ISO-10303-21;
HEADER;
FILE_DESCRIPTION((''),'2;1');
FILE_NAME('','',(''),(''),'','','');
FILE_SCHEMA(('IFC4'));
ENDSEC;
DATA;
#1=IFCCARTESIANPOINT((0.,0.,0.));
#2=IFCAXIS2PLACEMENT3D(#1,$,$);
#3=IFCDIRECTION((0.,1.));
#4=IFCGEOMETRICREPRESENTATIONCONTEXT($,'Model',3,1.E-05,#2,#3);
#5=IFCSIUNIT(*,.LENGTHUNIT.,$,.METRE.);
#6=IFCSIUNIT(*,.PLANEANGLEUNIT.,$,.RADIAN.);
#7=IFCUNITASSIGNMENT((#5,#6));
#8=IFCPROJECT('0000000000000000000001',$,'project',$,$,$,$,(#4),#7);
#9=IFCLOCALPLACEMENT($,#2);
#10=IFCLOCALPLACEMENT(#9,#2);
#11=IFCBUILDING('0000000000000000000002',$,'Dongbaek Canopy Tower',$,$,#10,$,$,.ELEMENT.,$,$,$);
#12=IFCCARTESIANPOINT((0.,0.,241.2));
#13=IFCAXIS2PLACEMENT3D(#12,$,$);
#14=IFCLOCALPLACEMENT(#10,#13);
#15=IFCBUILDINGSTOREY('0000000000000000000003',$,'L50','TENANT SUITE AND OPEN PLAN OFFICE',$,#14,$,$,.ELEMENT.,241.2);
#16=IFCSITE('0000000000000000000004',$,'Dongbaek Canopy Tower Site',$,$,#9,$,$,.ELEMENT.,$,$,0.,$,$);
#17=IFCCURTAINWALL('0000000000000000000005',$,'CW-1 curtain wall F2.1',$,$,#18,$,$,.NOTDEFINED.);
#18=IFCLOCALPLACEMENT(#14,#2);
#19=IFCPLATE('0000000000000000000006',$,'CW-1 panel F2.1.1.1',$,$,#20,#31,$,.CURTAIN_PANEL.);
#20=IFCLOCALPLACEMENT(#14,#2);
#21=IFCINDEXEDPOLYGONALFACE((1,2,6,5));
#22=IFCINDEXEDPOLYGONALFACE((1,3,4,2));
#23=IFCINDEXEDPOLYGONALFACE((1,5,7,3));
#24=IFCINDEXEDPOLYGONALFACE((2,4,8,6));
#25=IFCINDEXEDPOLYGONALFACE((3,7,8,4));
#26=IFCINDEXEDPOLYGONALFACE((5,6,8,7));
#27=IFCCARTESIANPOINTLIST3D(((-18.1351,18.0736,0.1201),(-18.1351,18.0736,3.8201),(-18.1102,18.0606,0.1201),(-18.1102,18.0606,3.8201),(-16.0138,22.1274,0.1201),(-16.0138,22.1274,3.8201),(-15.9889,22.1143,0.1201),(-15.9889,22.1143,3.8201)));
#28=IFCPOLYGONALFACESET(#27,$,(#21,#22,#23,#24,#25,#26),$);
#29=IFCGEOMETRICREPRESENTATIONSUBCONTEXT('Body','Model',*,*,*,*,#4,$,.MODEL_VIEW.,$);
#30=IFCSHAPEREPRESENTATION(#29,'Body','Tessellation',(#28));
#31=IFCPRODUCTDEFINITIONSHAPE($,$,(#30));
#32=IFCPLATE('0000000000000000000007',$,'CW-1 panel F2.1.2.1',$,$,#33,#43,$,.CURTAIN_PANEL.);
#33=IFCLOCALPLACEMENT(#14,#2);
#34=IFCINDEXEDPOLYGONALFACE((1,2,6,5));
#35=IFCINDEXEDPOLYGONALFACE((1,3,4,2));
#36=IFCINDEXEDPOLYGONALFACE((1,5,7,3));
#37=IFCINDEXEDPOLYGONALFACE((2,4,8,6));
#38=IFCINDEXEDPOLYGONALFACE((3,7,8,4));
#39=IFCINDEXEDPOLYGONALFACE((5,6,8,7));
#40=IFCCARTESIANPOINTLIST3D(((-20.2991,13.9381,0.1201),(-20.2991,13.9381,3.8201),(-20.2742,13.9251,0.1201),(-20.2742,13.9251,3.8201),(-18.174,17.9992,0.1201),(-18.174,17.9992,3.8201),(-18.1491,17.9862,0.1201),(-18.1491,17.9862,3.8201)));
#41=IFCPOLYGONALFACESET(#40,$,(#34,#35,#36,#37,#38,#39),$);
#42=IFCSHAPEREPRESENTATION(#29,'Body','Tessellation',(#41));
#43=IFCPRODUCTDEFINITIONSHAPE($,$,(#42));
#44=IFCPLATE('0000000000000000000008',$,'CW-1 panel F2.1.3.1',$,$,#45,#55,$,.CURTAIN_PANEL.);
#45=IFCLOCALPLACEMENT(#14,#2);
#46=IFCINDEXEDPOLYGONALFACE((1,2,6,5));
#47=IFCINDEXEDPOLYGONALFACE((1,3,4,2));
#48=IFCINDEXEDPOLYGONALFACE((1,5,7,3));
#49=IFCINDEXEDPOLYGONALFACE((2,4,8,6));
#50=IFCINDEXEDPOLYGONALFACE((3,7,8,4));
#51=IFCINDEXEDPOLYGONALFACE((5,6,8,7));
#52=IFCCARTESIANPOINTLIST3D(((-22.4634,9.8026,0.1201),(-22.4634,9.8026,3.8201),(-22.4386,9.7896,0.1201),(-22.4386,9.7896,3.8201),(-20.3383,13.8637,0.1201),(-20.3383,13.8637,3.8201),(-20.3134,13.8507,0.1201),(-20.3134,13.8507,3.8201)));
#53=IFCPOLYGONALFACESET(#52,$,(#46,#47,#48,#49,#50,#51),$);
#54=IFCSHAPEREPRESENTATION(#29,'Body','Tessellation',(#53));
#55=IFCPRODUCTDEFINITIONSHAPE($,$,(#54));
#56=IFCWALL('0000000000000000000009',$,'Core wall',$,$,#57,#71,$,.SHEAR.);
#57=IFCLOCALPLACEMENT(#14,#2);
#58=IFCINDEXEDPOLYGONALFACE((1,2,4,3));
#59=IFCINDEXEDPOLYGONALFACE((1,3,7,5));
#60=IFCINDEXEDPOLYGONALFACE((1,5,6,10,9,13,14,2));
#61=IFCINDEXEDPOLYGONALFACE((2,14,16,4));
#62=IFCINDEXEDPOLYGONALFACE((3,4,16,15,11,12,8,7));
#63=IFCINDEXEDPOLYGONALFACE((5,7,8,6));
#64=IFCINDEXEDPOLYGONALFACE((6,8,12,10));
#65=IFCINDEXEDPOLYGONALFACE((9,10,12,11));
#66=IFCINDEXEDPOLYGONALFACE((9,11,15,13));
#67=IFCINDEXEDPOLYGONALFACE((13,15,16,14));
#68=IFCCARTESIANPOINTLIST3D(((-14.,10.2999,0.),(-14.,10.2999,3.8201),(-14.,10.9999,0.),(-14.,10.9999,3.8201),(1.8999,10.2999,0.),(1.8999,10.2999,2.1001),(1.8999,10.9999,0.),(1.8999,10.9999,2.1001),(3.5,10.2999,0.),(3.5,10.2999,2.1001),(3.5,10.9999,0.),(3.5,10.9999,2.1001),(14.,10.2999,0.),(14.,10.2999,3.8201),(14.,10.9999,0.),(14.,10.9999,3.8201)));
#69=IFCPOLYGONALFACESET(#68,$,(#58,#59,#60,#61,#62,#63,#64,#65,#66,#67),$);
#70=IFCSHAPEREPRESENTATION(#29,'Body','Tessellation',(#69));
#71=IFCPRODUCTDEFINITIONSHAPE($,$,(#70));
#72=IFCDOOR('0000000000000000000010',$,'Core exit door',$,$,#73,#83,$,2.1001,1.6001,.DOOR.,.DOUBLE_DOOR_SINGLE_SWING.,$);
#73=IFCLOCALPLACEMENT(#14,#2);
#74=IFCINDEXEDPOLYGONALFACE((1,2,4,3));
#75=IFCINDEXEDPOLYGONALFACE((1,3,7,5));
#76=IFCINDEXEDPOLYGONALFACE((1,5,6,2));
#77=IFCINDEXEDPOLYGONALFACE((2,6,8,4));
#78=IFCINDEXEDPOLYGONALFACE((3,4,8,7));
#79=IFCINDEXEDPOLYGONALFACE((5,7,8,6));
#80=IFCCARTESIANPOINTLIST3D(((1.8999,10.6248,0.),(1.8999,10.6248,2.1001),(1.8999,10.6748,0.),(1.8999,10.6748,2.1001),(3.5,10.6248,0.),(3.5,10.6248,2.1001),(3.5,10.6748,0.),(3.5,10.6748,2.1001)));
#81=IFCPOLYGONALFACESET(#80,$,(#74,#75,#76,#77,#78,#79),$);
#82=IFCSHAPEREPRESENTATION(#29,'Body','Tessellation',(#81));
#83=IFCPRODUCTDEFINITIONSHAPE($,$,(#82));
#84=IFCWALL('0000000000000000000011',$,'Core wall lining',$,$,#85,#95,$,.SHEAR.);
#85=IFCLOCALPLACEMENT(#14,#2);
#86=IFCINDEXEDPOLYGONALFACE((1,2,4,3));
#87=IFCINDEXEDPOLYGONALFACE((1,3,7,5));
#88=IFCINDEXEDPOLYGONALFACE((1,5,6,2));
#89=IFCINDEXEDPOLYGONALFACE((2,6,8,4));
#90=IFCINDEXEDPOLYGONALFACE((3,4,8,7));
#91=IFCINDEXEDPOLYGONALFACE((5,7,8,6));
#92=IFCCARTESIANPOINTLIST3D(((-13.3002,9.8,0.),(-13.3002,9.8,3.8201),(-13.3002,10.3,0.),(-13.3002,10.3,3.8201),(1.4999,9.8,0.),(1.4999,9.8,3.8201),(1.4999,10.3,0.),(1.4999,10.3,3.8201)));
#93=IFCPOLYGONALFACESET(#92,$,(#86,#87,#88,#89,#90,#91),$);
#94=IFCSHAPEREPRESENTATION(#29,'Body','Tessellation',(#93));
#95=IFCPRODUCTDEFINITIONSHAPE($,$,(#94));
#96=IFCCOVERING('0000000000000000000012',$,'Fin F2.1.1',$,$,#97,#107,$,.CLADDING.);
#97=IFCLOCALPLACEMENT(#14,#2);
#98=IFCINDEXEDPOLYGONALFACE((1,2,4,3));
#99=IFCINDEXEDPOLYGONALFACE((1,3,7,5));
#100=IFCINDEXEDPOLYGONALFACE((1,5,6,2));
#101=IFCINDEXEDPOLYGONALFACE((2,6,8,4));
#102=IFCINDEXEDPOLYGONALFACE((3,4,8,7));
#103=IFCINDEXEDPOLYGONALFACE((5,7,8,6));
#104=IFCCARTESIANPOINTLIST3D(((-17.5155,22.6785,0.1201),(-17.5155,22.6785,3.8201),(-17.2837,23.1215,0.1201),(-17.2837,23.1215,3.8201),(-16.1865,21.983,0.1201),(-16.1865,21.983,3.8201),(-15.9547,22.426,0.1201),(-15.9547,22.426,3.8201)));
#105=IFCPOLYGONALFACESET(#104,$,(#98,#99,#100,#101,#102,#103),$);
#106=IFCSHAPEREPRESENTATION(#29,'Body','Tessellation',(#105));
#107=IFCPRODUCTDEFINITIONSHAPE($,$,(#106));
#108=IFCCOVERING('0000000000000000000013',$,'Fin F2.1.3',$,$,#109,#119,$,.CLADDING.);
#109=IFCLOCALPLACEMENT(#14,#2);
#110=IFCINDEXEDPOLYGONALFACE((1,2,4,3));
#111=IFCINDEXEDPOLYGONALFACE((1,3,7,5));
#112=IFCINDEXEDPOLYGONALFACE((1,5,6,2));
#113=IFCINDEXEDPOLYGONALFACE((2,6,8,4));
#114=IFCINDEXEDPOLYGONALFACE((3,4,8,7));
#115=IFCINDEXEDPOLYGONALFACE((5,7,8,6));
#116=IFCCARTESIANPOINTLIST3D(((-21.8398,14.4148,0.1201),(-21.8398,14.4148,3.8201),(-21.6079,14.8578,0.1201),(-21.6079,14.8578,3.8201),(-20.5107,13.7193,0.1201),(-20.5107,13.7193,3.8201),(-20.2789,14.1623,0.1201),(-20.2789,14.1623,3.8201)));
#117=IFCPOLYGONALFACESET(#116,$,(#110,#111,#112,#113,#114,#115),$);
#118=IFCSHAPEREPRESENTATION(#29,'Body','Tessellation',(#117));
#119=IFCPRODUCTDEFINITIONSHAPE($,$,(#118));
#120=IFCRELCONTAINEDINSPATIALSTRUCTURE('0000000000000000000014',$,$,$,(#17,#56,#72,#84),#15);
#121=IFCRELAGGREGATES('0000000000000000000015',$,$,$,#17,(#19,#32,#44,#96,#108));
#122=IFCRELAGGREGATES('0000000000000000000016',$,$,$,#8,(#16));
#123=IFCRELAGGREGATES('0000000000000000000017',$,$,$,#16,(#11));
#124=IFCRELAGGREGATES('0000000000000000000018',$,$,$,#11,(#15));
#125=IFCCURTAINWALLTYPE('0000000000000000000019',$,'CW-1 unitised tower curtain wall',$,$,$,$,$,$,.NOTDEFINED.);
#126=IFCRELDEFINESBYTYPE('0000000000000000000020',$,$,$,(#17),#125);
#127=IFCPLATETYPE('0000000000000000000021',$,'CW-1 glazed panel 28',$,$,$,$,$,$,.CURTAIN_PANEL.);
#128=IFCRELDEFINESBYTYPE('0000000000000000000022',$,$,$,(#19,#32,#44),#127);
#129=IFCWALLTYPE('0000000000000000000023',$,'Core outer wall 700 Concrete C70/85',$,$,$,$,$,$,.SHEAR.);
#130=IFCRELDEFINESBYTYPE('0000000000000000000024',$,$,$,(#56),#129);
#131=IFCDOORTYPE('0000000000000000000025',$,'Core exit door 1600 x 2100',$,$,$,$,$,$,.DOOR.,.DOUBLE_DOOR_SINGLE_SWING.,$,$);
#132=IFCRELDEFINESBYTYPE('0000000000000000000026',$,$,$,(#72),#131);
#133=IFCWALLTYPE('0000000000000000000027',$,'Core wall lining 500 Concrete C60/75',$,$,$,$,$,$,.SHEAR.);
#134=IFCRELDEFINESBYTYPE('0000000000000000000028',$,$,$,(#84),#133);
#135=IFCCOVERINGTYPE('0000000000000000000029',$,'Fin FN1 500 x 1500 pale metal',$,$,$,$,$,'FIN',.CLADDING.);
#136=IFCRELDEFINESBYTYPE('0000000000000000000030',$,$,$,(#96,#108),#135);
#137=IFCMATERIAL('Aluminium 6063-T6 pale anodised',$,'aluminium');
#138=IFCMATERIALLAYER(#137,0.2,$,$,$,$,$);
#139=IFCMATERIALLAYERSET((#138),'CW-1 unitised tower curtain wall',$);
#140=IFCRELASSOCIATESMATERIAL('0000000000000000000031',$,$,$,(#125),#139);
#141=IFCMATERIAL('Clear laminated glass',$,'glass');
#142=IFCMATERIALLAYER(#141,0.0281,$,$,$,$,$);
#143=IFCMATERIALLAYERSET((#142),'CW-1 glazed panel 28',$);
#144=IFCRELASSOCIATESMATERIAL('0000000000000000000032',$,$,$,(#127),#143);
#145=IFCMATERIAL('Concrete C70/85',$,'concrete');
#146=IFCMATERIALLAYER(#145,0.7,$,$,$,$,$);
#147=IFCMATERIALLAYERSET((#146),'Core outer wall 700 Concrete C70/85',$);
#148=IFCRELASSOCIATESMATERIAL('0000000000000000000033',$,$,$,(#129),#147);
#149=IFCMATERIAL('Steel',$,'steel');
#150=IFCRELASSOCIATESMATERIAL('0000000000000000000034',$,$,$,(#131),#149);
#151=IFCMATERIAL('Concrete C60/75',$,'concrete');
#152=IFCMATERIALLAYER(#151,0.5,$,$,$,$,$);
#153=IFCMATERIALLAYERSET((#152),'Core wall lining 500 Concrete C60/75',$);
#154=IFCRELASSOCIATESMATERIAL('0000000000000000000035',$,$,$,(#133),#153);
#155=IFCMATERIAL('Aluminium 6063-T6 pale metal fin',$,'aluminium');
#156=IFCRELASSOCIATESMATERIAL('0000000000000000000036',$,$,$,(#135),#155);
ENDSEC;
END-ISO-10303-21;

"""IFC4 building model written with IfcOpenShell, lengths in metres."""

from ifc_helpers import new_model, si_unit, direction, frame, frame_2d, origin, origin_2d, place, context, subcontext, project, spatial, rectangle, extrude, material, layer, layer_set, material_profile, profile_set, type_object, element, fill, aggregate, save


model = new_model("IFC4")

# Units and contexts
model_context = context("Model", 3, precision=1e-05, world=origin(), true_north=direction((0.0, 1.0)))
body_context = subcontext(model_context, "Body", "Model", "MODEL_VIEW")
ifc_project = project(units=[si_unit("LENGTHUNIT", "METRE"), si_unit("PLANEANGLEUNIT", "RADIAN")], contexts=[model_context])

# Site, building, storey
site_placement = place(None, origin())
site = spatial("IfcSite", under=ifc_project, at=site_placement, Name="Dongbaek Canopy Tower Site", CompositionType="ELEMENT", RefElevation=0.0)
building_placement = place(site_placement, origin())
building = spatial("IfcBuilding", under=site, at=building_placement, Name="Dongbaek Canopy Tower", CompositionType="ELEMENT")
storey_placement = place(building_placement, frame((0.0, 0.0, 241.2)))
storey = spatial("IfcBuildingStorey", under=building, at=storey_placement, Name="L50", Description="TENANT SUITE AND OPEN PLAN OFFICE", CompositionType="ELEMENT", Elevation=241.2)

# Curtain wall
ifc_material_1 = material(Name="Aluminium 6063-T6 pale anodised", Category="aluminium")
ifc_layer_1 = layer(ifc_material_1, 0.2)
ifc_layer_set_1 = layer_set([ifc_layer_1], Name="CW-1 unitised tower curtain wall")
curtain_wall_type = type_object("IfcCurtainWallType", Name="CW-1 unitised tower curtain wall", PredefinedType="NOTDEFINED", material=ifc_layer_set_1)
curtain_wall_1_placement = place(storey_placement, origin())
curtain_wall_1 = element("IfcCurtainWall", 1, at=curtain_wall_1_placement, inside=storey, type_object=curtain_wall_type, Name="CW-1 curtain wall F2.1", PredefinedType="NOTDEFINED")

# Plates
ifc_material_2 = material(Name="Clear laminated glass", Category="glass")
ifc_layer_2 = layer(ifc_material_2, 0.0281)
ifc_layer_set_2 = layer_set([ifc_layer_2], Name="CW-1 glazed panel 28")
plate_type = type_object("IfcPlateType", Name="CW-1 glazed panel 28", PredefinedType="CURTAIN_PANEL", material=ifc_layer_set_2)
plate_1_placement = place(storey_placement, frame((-17.062, 20.094, 0.1201), z_axis=(0.0, 0.0, 1.0), x_axis=(-0.463649, -0.886019, 0.0)))
plate_1 = element("IfcPlate", 2, at=plate_1_placement, type_object=plate_type, Name="CW-1 panel F2.1.1.1", PredefinedType="CURTAIN_PANEL", context=body_context, shape_type="SweptSolid", body=[
    extrude(rectangle(XDim=4.5752, YDim=0.0281, at=origin_2d()), origin(), (0.0, 0.0, 1.0), 3.7),
])
plate_2_placement = place(storey_placement, frame((-19.2241, 15.9622, 0.1201), z_axis=(0.0, 0.0, 1.0), x_axis=(-0.463649, -0.886019, 0.0)))
plate_2 = element("IfcPlate", 3, at=plate_2_placement, type_object=plate_type, Name="CW-1 panel F2.1.2.1", PredefinedType="CURTAIN_PANEL", context=body_context, shape_type="SweptSolid", body=[
    extrude(rectangle(XDim=4.5835, YDim=0.0281, at=origin_2d()), origin(), (0.0, 0.0, 1.0), 3.7),
])
plate_3_placement = place(storey_placement, frame((-21.3884, 11.8267, 0.1201), z_axis=(0.0, 0.0, 1.0), x_axis=(-0.463649, -0.886019, 0.0)))
plate_3 = element("IfcPlate", 4, at=plate_3_placement, type_object=plate_type, Name="CW-1 panel F2.1.3.1", PredefinedType="CURTAIN_PANEL", context=body_context, shape_type="SweptSolid", body=[
    extrude(rectangle(XDim=4.5835, YDim=0.0281, at=origin_2d()), origin(), (0.0, 0.0, 1.0), 3.7),
])

# Wall, opening, door
ifc_material_3 = material(Name="Concrete C70/85", Category="concrete")
ifc_layer_3 = layer(ifc_material_3, 0.7)
ifc_layer_set_3 = layer_set([ifc_layer_3], Name="Core outer wall 700 Concrete C70/85")
wall_type_1 = type_object("IfcWallType", Name="Core outer wall 700 Concrete C70/85", PredefinedType="SHEAR", material=ifc_layer_set_3)
wall_1_placement = place(storey_placement, frame((-14.0, 10.6499, 0.0), z_axis=(0.0, 0.0, 1.0), x_axis=(1.0, 0.0, 0.0)))
wall_1 = element("IfcWall", 5, at=wall_1_placement, inside=storey, type_object=wall_type_1, Name="Core wall", PredefinedType="SHEAR", context=body_context, shape_type="SweptSolid", body=[
    extrude(rectangle(XDim=28.0, YDim=0.7, at=frame_2d((14.0, 0.0))), origin(), (0.0, 0.0, 1.0), 3.8201),
])
opening_placement = place(wall_1_placement, frame((15.8999, 0.0, 0.0)))
opening = element("IfcOpeningElement", 6, at=opening_placement, cuts=wall_1, PredefinedType="OPENING", context=body_context, shape_type="SweptSolid", body=[
    extrude(rectangle(XDim=1.6001, YDim=2.1001, at=frame_2d((0.8, 1.05))), frame((0.0, 0.3599, 0.0), z_axis=(0.0, -1.0, 0.0), x_axis=(1.0, 0.0, 0.0)), (0.0, 0.0, 1.0), 0.72),
])
ifc_material_4 = material(Name="Steel", Category="steel")
door_type = type_object("IfcDoorType", Name="Core exit door 1600 x 2100", OperationType="DOUBLE_DOOR_SINGLE_SWING", PredefinedType="DOOR", material=ifc_material_4)
door_placement = place(opening_placement, origin())
door = element("IfcDoor", 7, at=door_placement, inside=storey, type_object=door_type, Name="Core exit door", OperationType="DOUBLE_DOOR_SINGLE_SWING", OverallHeight=2.1001, OverallWidth=1.6001, PredefinedType="DOOR", context=body_context, shape_type="SweptSolid", body=[
    extrude(rectangle(XDim=1.6001, YDim=2.1001, at=frame_2d((0.8, 1.05))), frame((0.0, 0.0249, 0.0), z_axis=(0.0, -1.0, 0.0), x_axis=(1.0, 0.0, 0.0)), (0.0, 0.0, 1.0), 0.05),
])
fill(opening, door)

# Wall
ifc_material_5 = material(Name="Concrete C60/75", Category="concrete")
ifc_layer_4 = layer(ifc_material_5, 0.5)
ifc_layer_set_4 = layer_set([ifc_layer_4], Name="Core wall lining 500 Concrete C60/75")
wall_type_2 = type_object("IfcWallType", Name="Core wall lining 500 Concrete C60/75", PredefinedType="SHEAR", material=ifc_layer_set_4)
wall_2_placement = place(storey_placement, frame((-13.3, 10.05, 0.0), z_axis=(0.0, 0.0, 1.0), x_axis=(1.0, 0.0, 0.0)))
element("IfcWall", 8, at=wall_2_placement, inside=storey, type_object=wall_type_2, Name="Core wall lining", PredefinedType="SHEAR", context=body_context, shape_type="SweptSolid", body=[
    extrude(rectangle(XDim=14.8, YDim=0.5, at=frame_2d((7.3999, 0.0))), origin(), (0.0, 0.0, 1.0), 3.8201),
])

# Coverings
ifc_material_6 = material(Name="Aluminium 6063-T6 pale metal fin", Category="aluminium")
ifc_material_profile_1 = material_profile(ifc_material_6, rectangle(XDim=1.5, YDim=0.5, at=origin_2d()), Name="Fin FN1 500 x 1500 pale metal")
ifc_profile_set_1 = profile_set([ifc_material_profile_1], Name="Aluminium 6063-T6 pale metal fin")
covering_type = type_object("IfcCoveringType", Name="Fin FN1 500 x 1500 pale metal", ElementType="FIN", PredefinedType="CLADDING", material=ifc_profile_set_1)
covering_1_placement = place(storey_placement, frame((-16.7351, 22.5522, 0.1201), z_axis=(0.0, 0.0, 1.0), x_axis=(-0.886019, 0.463649, 0.0)))
covering_1 = element("IfcCovering", 9, at=covering_1_placement, type_object=covering_type, Name="Fin F2.1.1", PredefinedType="CLADDING", context=body_context, shape_type="SweptSolid", body=[
    extrude(rectangle(XDim=1.5, YDim=0.5, at=origin_2d()), origin(), (0.0, 0.0, 1.0), 3.7),
])
covering_2_placement = place(storey_placement, frame((-21.0593, 14.2886, 0.1201), z_axis=(0.0, 0.0, 1.0), x_axis=(-0.886019, 0.463649, 0.0)))
covering_2 = element("IfcCovering", 10, at=covering_2_placement, type_object=covering_type, Name="Fin F2.1.3", PredefinedType="CLADDING", context=body_context, shape_type="SweptSolid", body=[
    extrude(rectangle(XDim=1.5, YDim=0.5, at=origin_2d()), origin(), (0.0, 0.0, 1.0), 3.7),
])
aggregate(curtain_wall_1, [plate_1, plate_2, plate_3, covering_1, covering_2])

save(model, "model.ifc")
